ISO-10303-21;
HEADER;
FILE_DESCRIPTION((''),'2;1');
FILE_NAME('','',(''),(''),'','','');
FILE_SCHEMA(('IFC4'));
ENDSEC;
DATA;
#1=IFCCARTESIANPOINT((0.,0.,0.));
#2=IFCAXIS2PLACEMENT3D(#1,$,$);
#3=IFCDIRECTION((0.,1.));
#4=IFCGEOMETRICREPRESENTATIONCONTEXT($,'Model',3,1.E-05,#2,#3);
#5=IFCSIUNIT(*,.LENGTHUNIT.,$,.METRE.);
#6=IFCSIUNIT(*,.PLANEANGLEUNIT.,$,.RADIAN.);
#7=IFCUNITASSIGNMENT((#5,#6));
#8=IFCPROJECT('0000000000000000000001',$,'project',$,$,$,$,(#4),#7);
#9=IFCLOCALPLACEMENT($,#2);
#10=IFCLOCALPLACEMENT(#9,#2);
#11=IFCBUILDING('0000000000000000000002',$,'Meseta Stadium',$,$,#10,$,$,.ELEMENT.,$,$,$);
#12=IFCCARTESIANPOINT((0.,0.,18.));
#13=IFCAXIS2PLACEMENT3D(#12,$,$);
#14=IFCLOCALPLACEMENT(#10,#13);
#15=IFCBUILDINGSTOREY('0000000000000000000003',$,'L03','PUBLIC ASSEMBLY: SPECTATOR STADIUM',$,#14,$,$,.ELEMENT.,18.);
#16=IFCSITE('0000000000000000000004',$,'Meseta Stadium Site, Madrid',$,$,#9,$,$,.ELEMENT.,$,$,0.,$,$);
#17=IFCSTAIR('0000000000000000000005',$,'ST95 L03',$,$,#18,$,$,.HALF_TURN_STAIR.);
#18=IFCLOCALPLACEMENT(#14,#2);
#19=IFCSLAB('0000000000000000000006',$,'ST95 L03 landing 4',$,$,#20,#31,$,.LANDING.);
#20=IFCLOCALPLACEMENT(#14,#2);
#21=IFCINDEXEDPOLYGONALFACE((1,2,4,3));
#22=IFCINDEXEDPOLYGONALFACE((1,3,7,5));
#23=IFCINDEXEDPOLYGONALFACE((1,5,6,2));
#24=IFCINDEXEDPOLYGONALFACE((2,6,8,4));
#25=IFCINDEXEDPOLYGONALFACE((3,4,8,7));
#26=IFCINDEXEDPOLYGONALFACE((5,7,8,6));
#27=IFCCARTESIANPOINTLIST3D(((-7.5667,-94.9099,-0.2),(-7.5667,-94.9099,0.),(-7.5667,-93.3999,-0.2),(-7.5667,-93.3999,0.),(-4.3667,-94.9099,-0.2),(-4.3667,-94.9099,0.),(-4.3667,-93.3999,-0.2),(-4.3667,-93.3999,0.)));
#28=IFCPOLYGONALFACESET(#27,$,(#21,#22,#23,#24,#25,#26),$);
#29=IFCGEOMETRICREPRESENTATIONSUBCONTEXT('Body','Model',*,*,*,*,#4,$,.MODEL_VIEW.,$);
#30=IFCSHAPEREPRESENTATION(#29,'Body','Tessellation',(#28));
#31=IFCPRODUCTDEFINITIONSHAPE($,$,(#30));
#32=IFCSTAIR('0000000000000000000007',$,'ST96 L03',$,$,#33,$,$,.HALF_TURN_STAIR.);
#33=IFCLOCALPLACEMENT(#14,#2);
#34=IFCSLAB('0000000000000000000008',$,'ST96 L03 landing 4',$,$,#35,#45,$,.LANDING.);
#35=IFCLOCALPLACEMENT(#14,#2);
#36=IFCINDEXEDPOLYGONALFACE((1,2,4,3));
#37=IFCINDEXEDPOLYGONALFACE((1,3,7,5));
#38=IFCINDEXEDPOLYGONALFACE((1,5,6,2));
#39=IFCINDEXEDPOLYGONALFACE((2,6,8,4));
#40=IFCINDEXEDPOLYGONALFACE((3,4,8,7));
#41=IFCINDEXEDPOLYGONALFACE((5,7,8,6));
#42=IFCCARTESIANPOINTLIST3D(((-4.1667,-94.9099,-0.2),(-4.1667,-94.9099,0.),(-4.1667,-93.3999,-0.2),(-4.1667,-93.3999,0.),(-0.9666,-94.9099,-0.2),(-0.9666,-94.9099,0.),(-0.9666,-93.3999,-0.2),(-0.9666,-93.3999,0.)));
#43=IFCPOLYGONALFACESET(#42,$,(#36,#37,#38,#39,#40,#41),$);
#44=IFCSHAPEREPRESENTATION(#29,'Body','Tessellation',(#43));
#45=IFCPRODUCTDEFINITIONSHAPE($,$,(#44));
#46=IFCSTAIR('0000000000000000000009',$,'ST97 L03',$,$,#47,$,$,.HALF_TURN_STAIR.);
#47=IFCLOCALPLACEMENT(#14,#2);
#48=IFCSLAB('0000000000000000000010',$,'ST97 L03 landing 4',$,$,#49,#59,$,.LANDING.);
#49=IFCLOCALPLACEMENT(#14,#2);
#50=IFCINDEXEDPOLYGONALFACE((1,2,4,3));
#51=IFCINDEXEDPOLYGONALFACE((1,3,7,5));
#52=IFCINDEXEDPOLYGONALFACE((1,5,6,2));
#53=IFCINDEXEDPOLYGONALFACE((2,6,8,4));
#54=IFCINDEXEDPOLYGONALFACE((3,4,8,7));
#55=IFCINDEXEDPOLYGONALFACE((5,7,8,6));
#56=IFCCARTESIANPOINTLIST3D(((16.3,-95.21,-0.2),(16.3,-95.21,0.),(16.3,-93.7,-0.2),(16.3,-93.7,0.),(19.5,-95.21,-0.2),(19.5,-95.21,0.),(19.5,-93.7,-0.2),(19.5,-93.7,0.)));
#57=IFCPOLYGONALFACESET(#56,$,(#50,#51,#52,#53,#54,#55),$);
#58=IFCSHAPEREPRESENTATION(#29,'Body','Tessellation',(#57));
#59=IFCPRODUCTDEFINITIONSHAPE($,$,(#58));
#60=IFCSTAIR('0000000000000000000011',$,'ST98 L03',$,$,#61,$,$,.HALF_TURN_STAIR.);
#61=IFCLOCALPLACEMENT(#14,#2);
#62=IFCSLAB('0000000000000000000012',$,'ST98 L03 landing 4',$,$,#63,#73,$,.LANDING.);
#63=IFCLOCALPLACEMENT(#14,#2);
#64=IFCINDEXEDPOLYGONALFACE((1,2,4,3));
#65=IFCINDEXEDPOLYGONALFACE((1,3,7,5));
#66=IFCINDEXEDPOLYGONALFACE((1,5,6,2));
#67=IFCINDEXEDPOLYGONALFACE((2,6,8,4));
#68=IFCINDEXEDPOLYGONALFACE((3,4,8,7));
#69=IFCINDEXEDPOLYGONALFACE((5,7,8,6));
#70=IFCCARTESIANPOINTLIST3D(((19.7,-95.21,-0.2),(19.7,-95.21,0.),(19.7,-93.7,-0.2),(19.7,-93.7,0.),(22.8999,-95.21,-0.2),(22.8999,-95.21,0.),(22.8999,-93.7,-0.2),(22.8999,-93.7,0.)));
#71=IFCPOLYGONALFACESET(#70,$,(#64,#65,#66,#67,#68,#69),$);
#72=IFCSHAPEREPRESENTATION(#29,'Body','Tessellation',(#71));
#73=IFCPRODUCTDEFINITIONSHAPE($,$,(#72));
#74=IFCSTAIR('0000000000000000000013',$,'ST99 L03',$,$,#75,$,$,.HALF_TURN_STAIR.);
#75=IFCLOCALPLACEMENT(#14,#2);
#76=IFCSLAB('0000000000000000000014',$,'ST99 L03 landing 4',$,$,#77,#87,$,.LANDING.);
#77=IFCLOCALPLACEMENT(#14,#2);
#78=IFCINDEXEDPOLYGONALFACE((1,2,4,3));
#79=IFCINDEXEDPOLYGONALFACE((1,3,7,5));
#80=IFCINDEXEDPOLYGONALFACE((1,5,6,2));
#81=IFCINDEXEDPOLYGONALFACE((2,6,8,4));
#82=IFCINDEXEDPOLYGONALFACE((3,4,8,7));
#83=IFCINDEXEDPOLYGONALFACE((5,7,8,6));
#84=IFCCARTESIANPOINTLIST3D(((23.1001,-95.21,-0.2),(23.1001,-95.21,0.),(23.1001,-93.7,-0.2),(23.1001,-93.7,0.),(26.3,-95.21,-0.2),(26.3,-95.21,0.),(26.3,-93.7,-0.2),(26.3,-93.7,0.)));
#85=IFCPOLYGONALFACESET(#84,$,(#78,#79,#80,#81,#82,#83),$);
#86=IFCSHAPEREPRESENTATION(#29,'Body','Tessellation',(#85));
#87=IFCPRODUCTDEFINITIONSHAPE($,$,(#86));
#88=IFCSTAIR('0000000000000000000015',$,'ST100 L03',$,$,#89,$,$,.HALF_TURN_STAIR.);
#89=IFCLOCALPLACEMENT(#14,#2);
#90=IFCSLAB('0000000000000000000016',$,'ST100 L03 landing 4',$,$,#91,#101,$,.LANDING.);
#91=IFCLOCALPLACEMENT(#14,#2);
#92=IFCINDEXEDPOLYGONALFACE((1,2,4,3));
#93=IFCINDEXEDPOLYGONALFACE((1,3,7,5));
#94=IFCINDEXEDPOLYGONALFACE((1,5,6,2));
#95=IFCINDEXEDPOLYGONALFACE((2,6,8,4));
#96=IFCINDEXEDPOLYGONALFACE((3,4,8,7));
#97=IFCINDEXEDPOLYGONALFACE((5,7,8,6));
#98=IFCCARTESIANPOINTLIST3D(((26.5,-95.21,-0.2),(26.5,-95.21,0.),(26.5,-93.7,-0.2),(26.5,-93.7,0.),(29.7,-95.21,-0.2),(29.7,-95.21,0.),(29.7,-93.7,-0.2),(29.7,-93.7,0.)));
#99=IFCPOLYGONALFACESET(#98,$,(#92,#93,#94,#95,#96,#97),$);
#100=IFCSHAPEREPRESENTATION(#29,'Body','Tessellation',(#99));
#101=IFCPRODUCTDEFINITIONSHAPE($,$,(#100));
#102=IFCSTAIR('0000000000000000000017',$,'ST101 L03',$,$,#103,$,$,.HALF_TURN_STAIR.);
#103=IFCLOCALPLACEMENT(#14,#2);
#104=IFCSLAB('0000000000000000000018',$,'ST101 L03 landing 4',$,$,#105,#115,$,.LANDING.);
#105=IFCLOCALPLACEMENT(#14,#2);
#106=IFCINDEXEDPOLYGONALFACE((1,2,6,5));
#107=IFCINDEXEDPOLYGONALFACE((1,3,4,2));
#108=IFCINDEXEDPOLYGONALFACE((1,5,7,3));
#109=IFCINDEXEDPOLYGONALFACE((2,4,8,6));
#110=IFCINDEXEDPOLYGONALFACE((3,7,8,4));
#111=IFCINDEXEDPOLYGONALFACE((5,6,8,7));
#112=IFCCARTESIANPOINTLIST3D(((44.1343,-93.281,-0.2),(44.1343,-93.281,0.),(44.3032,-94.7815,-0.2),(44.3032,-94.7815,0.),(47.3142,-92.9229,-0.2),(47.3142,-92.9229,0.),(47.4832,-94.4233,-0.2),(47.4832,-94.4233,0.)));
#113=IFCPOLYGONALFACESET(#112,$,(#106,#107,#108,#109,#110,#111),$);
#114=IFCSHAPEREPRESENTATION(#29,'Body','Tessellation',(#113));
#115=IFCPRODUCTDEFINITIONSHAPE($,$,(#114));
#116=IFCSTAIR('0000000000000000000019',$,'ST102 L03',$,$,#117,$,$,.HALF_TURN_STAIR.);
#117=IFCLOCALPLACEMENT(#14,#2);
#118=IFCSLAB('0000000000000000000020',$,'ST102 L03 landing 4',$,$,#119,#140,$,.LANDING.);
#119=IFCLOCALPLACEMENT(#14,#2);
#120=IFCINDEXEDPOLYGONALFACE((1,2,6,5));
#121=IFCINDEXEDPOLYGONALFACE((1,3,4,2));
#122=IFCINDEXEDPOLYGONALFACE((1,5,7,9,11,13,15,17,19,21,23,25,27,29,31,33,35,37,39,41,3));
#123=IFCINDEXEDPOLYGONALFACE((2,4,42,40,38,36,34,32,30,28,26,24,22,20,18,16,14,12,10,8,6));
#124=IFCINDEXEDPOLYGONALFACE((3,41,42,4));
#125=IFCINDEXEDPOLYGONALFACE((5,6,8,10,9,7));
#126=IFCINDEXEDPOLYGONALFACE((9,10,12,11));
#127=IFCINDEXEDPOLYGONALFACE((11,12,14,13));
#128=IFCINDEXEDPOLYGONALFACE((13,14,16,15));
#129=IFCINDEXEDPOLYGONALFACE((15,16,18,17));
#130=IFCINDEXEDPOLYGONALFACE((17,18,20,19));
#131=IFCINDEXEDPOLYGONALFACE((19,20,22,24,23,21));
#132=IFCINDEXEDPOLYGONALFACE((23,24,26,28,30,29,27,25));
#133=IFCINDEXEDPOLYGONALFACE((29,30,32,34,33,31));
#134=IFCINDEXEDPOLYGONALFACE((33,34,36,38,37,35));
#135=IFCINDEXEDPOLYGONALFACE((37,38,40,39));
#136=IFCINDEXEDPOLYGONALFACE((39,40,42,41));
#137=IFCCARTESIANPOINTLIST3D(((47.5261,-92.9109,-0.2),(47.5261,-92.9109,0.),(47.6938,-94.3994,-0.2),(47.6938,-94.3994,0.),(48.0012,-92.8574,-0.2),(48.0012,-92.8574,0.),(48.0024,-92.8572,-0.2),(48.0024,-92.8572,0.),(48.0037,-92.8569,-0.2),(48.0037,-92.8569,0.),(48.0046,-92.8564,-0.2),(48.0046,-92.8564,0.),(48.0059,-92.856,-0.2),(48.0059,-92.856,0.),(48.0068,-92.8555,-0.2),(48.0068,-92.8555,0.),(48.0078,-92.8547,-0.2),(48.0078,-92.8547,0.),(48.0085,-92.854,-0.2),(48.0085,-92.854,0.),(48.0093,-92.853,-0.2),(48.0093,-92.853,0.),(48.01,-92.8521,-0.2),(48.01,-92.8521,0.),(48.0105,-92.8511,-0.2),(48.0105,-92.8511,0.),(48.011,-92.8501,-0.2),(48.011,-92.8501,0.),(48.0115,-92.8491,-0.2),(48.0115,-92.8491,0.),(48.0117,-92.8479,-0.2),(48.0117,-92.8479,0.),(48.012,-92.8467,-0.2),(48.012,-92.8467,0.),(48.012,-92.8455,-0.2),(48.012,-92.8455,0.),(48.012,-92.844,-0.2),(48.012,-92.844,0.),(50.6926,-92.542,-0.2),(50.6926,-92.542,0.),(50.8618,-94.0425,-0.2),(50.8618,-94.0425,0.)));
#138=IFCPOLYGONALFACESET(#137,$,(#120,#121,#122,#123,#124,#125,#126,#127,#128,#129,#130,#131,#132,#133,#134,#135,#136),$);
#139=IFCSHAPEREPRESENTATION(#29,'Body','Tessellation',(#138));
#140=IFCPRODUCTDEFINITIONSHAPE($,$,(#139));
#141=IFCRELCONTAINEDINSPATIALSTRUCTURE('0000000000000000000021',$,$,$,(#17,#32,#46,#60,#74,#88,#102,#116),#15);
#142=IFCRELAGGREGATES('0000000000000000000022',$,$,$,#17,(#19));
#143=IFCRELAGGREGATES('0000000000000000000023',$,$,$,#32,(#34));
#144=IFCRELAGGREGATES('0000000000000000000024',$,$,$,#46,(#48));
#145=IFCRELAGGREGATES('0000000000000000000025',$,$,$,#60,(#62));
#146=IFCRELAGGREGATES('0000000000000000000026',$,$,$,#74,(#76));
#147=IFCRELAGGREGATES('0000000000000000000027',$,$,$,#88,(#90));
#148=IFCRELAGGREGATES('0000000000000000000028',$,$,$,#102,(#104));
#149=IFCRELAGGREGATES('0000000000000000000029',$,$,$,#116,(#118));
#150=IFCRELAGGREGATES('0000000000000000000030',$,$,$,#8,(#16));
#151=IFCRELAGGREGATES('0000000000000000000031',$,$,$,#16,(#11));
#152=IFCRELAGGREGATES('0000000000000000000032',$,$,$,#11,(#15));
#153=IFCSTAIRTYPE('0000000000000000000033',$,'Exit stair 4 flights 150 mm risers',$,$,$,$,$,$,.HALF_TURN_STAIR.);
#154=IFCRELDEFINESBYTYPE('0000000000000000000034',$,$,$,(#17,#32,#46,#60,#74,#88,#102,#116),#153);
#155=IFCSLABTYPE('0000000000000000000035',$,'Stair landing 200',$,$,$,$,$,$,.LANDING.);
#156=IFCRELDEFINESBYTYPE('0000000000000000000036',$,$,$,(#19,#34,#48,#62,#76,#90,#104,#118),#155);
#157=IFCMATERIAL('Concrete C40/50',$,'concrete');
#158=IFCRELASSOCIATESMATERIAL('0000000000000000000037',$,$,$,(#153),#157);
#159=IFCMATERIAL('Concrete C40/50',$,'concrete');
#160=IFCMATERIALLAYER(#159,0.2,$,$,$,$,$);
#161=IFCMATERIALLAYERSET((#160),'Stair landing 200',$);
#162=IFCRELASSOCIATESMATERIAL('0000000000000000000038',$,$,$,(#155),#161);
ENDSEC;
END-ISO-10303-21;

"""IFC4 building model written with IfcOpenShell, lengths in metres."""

from ifc_helpers import new_model, si_unit, direction, frame, origin, place, context, subcontext, project, spatial, polyline, outline, extrude, material, layer, layer_set, type_object, element, aggregate, save


model = new_model("IFC4")

# Units and contexts
model_context = context("Model", 3, precision=1e-05, world=origin(), true_north=direction((0.0, 1.0)))
body_context = subcontext(model_context, "Body", "Model", "MODEL_VIEW")
ifc_project = project(units=[si_unit("LENGTHUNIT", "METRE"), si_unit("PLANEANGLEUNIT", "RADIAN")], contexts=[model_context])

# Site, building, storey
site_placement = place(None, origin())
site = spatial("IfcSite", under=ifc_project, at=site_placement, Name="Meseta Stadium Site, Madrid", CompositionType="ELEMENT", RefElevation=0.0)
building_placement = place(site_placement, origin())
building = spatial("IfcBuilding", under=site, at=building_placement, Name="Meseta Stadium", CompositionType="ELEMENT")
storey_placement = place(building_placement, frame((0.0, 0.0, 18.0)))
storey = spatial("IfcBuildingStorey", under=building, at=storey_placement, Name="L03", Description="PUBLIC ASSEMBLY: SPECTATOR STADIUM", CompositionType="ELEMENT", Elevation=18.0)

# Stairs, slabs
ifc_material_1 = material(Name="Concrete C40/50", Category="concrete")
stair_type = type_object("IfcStairType", Name="Exit stair 4 flights 150 mm risers", PredefinedType="HALF_TURN_STAIR", material=ifc_material_1)
ifc_material_2 = material(Name="Concrete C40/50", Category="concrete")
ifc_layer = layer(ifc_material_2, 0.2)
ifc_layer_set = layer_set([ifc_layer], Name="Stair landing 200")
slab_type = type_object("IfcSlabType", Name="Stair landing 200", PredefinedType="LANDING", material=ifc_layer_set)
stair_1_placement = place(storey_placement, origin())
stair_1 = element("IfcStair", 1, at=stair_1_placement, inside=storey, type_object=stair_type, Name="ST95 L03", PredefinedType="HALF_TURN_STAIR")
slab_1_placement = place(storey_placement, frame((0.0, 0.0, -0.2)))
slab_1 = element("IfcSlab", 2, at=slab_1_placement, type_object=slab_type, Name="ST95 L03 landing 4", PredefinedType="LANDING", context=body_context, shape_type="SweptSolid", body=[
    extrude(outline(polyline([(-7.5667, -93.3999), (-7.5667, -94.9099), (-4.3667, -94.9099), (-4.3667, -93.3999), (-7.5667, -93.3999)])), origin(), (0.0, 0.0, 1.0), 0.2),
])
aggregate(stair_1, [slab_1])
stair_2_placement = place(storey_placement, origin())
stair_2 = element("IfcStair", 3, at=stair_2_placement, inside=storey, type_object=stair_type, Name="ST96 L03", PredefinedType="HALF_TURN_STAIR")
slab_2_placement = place(storey_placement, frame((0.0, 0.0, -0.2)))
slab_2 = element("IfcSlab", 4, at=slab_2_placement, type_object=slab_type, Name="ST96 L03 landing 4", PredefinedType="LANDING", context=body_context, shape_type="SweptSolid", body=[
    extrude(outline(polyline([(-4.1667, -93.3999), (-4.1667, -94.9099), (-0.9666, -94.9099), (-0.9666, -93.3999), (-4.1667, -93.3999)])), origin(), (0.0, 0.0, 1.0), 0.2),
])
aggregate(stair_2, [slab_2])
stair_3_placement = place(storey_placement, origin())
stair_3 = element("IfcStair", 5, at=stair_3_placement, inside=storey, type_object=stair_type, Name="ST97 L03", PredefinedType="HALF_TURN_STAIR")
slab_3_placement = place(storey_placement, frame((0.0, 0.0, -0.2)))
slab_3 = element("IfcSlab", 6, at=slab_3_placement, type_object=slab_type, Name="ST97 L03 landing 4", PredefinedType="LANDING", context=body_context, shape_type="SweptSolid", body=[
    extrude(outline(polyline([(16.3, -93.7), (16.3, -95.21), (19.5, -95.21), (19.5, -93.7), (16.3, -93.7)])), origin(), (0.0, 0.0, 1.0), 0.2),
])
aggregate(stair_3, [slab_3])
stair_4_placement = place(storey_placement, origin())
stair_4 = element("IfcStair", 7, at=stair_4_placement, inside=storey, type_object=stair_type, Name="ST98 L03", PredefinedType="HALF_TURN_STAIR")
slab_4_placement = place(storey_placement, frame((0.0, 0.0, -0.2)))
slab_4 = element("IfcSlab", 8, at=slab_4_placement, type_object=slab_type, Name="ST98 L03 landing 4", PredefinedType="LANDING", context=body_context, shape_type="SweptSolid", body=[
    extrude(outline(polyline([(19.7, -93.7), (19.7, -95.21), (22.8999, -95.21), (22.8999, -93.7), (19.7, -93.7)])), origin(), (0.0, 0.0, 1.0), 0.2),
])
aggregate(stair_4, [slab_4])
stair_5_placement = place(storey_placement, origin())
stair_5 = element("IfcStair", 9, at=stair_5_placement, inside=storey, type_object=stair_type, Name="ST99 L03", PredefinedType="HALF_TURN_STAIR")
slab_5_placement = place(storey_placement, frame((0.0, 0.0, -0.2)))
slab_5 = element("IfcSlab", 10, at=slab_5_placement, type_object=slab_type, Name="ST99 L03 landing 4", PredefinedType="LANDING", context=body_context, shape_type="SweptSolid", body=[
    extrude(outline(polyline([(23.1001, -93.7), (23.1001, -95.21), (26.3, -95.21), (26.3, -93.7), (23.1001, -93.7)])), origin(), (0.0, 0.0, 1.0), 0.2),
])
aggregate(stair_5, [slab_5])
stair_6_placement = place(storey_placement, origin())
stair_6 = element("IfcStair", 11, at=stair_6_placement, inside=storey, type_object=stair_type, Name="ST100 L03", PredefinedType="HALF_TURN_STAIR")
slab_6_placement = place(storey_placement, frame((0.0, 0.0, -0.2)))
slab_6 = element("IfcSlab", 12, at=slab_6_placement, type_object=slab_type, Name="ST100 L03 landing 4", PredefinedType="LANDING", context=body_context, shape_type="SweptSolid", body=[
    extrude(outline(polyline([(26.5, -93.7), (26.5, -95.21), (29.7, -95.21), (29.7, -93.7), (26.5, -93.7)])), origin(), (0.0, 0.0, 1.0), 0.2),
])
aggregate(stair_6, [slab_6])
stair_7_placement = place(storey_placement, origin())
stair_7 = element("IfcStair", 13, at=stair_7_placement, inside=storey, type_object=stair_type, Name="ST101 L03", PredefinedType="HALF_TURN_STAIR")
slab_7_placement = place(storey_placement, frame((0.0, 0.0, -0.2)))
slab_7 = element("IfcSlab", 14, at=slab_7_placement, type_object=slab_type, Name="ST101 L03 landing 4", PredefinedType="LANDING", context=body_context, shape_type="SweptSolid", body=[
    extrude(outline(polyline([(44.1343, -93.281), (44.3032, -94.7815), (47.4832, -94.4233), (47.3142, -92.9229), (44.1343, -93.281)])), origin(), (0.0, 0.0, 1.0), 0.2),
])
aggregate(stair_7, [slab_7])
stair_8_placement = place(storey_placement, origin())
stair_8 = element("IfcStair", 15, at=stair_8_placement, inside=storey, type_object=stair_type, Name="ST102 L03", PredefinedType="HALF_TURN_STAIR")
slab_8_placement = place(storey_placement, frame((0.0, 0.0, -0.2)))
slab_8 = element("IfcSlab", 16, at=slab_8_placement, type_object=slab_type, Name="ST102 L03 landing 4", PredefinedType="LANDING", context=body_context, shape_type="SweptSolid", body=[
    extrude(outline(polyline([(50.6926, -92.542), (48.012, -92.844), (48.012, -92.8455), (48.012, -92.8467), (48.0117, -92.8479), (48.0115, -92.8491), (48.011, -92.8501), (48.0105, -92.8511), (48.01, -92.8521), (48.0093, -92.853), (48.0085, -92.854), (48.0078, -92.8547), (48.0068, -92.8555), (48.0059, -92.856), (48.0046, -92.8564), (48.0037, -92.8569), (48.0024, -92.8572), (48.0012, -92.8574), (47.5261, -92.9109), (47.6938, -94.3994), (50.8618, -94.0425), (50.6926, -92.542)])), origin(), (0.0, 0.0, 1.0), 0.2),
])
aggregate(stair_8, [slab_8])

save(model, "model.ifc")
